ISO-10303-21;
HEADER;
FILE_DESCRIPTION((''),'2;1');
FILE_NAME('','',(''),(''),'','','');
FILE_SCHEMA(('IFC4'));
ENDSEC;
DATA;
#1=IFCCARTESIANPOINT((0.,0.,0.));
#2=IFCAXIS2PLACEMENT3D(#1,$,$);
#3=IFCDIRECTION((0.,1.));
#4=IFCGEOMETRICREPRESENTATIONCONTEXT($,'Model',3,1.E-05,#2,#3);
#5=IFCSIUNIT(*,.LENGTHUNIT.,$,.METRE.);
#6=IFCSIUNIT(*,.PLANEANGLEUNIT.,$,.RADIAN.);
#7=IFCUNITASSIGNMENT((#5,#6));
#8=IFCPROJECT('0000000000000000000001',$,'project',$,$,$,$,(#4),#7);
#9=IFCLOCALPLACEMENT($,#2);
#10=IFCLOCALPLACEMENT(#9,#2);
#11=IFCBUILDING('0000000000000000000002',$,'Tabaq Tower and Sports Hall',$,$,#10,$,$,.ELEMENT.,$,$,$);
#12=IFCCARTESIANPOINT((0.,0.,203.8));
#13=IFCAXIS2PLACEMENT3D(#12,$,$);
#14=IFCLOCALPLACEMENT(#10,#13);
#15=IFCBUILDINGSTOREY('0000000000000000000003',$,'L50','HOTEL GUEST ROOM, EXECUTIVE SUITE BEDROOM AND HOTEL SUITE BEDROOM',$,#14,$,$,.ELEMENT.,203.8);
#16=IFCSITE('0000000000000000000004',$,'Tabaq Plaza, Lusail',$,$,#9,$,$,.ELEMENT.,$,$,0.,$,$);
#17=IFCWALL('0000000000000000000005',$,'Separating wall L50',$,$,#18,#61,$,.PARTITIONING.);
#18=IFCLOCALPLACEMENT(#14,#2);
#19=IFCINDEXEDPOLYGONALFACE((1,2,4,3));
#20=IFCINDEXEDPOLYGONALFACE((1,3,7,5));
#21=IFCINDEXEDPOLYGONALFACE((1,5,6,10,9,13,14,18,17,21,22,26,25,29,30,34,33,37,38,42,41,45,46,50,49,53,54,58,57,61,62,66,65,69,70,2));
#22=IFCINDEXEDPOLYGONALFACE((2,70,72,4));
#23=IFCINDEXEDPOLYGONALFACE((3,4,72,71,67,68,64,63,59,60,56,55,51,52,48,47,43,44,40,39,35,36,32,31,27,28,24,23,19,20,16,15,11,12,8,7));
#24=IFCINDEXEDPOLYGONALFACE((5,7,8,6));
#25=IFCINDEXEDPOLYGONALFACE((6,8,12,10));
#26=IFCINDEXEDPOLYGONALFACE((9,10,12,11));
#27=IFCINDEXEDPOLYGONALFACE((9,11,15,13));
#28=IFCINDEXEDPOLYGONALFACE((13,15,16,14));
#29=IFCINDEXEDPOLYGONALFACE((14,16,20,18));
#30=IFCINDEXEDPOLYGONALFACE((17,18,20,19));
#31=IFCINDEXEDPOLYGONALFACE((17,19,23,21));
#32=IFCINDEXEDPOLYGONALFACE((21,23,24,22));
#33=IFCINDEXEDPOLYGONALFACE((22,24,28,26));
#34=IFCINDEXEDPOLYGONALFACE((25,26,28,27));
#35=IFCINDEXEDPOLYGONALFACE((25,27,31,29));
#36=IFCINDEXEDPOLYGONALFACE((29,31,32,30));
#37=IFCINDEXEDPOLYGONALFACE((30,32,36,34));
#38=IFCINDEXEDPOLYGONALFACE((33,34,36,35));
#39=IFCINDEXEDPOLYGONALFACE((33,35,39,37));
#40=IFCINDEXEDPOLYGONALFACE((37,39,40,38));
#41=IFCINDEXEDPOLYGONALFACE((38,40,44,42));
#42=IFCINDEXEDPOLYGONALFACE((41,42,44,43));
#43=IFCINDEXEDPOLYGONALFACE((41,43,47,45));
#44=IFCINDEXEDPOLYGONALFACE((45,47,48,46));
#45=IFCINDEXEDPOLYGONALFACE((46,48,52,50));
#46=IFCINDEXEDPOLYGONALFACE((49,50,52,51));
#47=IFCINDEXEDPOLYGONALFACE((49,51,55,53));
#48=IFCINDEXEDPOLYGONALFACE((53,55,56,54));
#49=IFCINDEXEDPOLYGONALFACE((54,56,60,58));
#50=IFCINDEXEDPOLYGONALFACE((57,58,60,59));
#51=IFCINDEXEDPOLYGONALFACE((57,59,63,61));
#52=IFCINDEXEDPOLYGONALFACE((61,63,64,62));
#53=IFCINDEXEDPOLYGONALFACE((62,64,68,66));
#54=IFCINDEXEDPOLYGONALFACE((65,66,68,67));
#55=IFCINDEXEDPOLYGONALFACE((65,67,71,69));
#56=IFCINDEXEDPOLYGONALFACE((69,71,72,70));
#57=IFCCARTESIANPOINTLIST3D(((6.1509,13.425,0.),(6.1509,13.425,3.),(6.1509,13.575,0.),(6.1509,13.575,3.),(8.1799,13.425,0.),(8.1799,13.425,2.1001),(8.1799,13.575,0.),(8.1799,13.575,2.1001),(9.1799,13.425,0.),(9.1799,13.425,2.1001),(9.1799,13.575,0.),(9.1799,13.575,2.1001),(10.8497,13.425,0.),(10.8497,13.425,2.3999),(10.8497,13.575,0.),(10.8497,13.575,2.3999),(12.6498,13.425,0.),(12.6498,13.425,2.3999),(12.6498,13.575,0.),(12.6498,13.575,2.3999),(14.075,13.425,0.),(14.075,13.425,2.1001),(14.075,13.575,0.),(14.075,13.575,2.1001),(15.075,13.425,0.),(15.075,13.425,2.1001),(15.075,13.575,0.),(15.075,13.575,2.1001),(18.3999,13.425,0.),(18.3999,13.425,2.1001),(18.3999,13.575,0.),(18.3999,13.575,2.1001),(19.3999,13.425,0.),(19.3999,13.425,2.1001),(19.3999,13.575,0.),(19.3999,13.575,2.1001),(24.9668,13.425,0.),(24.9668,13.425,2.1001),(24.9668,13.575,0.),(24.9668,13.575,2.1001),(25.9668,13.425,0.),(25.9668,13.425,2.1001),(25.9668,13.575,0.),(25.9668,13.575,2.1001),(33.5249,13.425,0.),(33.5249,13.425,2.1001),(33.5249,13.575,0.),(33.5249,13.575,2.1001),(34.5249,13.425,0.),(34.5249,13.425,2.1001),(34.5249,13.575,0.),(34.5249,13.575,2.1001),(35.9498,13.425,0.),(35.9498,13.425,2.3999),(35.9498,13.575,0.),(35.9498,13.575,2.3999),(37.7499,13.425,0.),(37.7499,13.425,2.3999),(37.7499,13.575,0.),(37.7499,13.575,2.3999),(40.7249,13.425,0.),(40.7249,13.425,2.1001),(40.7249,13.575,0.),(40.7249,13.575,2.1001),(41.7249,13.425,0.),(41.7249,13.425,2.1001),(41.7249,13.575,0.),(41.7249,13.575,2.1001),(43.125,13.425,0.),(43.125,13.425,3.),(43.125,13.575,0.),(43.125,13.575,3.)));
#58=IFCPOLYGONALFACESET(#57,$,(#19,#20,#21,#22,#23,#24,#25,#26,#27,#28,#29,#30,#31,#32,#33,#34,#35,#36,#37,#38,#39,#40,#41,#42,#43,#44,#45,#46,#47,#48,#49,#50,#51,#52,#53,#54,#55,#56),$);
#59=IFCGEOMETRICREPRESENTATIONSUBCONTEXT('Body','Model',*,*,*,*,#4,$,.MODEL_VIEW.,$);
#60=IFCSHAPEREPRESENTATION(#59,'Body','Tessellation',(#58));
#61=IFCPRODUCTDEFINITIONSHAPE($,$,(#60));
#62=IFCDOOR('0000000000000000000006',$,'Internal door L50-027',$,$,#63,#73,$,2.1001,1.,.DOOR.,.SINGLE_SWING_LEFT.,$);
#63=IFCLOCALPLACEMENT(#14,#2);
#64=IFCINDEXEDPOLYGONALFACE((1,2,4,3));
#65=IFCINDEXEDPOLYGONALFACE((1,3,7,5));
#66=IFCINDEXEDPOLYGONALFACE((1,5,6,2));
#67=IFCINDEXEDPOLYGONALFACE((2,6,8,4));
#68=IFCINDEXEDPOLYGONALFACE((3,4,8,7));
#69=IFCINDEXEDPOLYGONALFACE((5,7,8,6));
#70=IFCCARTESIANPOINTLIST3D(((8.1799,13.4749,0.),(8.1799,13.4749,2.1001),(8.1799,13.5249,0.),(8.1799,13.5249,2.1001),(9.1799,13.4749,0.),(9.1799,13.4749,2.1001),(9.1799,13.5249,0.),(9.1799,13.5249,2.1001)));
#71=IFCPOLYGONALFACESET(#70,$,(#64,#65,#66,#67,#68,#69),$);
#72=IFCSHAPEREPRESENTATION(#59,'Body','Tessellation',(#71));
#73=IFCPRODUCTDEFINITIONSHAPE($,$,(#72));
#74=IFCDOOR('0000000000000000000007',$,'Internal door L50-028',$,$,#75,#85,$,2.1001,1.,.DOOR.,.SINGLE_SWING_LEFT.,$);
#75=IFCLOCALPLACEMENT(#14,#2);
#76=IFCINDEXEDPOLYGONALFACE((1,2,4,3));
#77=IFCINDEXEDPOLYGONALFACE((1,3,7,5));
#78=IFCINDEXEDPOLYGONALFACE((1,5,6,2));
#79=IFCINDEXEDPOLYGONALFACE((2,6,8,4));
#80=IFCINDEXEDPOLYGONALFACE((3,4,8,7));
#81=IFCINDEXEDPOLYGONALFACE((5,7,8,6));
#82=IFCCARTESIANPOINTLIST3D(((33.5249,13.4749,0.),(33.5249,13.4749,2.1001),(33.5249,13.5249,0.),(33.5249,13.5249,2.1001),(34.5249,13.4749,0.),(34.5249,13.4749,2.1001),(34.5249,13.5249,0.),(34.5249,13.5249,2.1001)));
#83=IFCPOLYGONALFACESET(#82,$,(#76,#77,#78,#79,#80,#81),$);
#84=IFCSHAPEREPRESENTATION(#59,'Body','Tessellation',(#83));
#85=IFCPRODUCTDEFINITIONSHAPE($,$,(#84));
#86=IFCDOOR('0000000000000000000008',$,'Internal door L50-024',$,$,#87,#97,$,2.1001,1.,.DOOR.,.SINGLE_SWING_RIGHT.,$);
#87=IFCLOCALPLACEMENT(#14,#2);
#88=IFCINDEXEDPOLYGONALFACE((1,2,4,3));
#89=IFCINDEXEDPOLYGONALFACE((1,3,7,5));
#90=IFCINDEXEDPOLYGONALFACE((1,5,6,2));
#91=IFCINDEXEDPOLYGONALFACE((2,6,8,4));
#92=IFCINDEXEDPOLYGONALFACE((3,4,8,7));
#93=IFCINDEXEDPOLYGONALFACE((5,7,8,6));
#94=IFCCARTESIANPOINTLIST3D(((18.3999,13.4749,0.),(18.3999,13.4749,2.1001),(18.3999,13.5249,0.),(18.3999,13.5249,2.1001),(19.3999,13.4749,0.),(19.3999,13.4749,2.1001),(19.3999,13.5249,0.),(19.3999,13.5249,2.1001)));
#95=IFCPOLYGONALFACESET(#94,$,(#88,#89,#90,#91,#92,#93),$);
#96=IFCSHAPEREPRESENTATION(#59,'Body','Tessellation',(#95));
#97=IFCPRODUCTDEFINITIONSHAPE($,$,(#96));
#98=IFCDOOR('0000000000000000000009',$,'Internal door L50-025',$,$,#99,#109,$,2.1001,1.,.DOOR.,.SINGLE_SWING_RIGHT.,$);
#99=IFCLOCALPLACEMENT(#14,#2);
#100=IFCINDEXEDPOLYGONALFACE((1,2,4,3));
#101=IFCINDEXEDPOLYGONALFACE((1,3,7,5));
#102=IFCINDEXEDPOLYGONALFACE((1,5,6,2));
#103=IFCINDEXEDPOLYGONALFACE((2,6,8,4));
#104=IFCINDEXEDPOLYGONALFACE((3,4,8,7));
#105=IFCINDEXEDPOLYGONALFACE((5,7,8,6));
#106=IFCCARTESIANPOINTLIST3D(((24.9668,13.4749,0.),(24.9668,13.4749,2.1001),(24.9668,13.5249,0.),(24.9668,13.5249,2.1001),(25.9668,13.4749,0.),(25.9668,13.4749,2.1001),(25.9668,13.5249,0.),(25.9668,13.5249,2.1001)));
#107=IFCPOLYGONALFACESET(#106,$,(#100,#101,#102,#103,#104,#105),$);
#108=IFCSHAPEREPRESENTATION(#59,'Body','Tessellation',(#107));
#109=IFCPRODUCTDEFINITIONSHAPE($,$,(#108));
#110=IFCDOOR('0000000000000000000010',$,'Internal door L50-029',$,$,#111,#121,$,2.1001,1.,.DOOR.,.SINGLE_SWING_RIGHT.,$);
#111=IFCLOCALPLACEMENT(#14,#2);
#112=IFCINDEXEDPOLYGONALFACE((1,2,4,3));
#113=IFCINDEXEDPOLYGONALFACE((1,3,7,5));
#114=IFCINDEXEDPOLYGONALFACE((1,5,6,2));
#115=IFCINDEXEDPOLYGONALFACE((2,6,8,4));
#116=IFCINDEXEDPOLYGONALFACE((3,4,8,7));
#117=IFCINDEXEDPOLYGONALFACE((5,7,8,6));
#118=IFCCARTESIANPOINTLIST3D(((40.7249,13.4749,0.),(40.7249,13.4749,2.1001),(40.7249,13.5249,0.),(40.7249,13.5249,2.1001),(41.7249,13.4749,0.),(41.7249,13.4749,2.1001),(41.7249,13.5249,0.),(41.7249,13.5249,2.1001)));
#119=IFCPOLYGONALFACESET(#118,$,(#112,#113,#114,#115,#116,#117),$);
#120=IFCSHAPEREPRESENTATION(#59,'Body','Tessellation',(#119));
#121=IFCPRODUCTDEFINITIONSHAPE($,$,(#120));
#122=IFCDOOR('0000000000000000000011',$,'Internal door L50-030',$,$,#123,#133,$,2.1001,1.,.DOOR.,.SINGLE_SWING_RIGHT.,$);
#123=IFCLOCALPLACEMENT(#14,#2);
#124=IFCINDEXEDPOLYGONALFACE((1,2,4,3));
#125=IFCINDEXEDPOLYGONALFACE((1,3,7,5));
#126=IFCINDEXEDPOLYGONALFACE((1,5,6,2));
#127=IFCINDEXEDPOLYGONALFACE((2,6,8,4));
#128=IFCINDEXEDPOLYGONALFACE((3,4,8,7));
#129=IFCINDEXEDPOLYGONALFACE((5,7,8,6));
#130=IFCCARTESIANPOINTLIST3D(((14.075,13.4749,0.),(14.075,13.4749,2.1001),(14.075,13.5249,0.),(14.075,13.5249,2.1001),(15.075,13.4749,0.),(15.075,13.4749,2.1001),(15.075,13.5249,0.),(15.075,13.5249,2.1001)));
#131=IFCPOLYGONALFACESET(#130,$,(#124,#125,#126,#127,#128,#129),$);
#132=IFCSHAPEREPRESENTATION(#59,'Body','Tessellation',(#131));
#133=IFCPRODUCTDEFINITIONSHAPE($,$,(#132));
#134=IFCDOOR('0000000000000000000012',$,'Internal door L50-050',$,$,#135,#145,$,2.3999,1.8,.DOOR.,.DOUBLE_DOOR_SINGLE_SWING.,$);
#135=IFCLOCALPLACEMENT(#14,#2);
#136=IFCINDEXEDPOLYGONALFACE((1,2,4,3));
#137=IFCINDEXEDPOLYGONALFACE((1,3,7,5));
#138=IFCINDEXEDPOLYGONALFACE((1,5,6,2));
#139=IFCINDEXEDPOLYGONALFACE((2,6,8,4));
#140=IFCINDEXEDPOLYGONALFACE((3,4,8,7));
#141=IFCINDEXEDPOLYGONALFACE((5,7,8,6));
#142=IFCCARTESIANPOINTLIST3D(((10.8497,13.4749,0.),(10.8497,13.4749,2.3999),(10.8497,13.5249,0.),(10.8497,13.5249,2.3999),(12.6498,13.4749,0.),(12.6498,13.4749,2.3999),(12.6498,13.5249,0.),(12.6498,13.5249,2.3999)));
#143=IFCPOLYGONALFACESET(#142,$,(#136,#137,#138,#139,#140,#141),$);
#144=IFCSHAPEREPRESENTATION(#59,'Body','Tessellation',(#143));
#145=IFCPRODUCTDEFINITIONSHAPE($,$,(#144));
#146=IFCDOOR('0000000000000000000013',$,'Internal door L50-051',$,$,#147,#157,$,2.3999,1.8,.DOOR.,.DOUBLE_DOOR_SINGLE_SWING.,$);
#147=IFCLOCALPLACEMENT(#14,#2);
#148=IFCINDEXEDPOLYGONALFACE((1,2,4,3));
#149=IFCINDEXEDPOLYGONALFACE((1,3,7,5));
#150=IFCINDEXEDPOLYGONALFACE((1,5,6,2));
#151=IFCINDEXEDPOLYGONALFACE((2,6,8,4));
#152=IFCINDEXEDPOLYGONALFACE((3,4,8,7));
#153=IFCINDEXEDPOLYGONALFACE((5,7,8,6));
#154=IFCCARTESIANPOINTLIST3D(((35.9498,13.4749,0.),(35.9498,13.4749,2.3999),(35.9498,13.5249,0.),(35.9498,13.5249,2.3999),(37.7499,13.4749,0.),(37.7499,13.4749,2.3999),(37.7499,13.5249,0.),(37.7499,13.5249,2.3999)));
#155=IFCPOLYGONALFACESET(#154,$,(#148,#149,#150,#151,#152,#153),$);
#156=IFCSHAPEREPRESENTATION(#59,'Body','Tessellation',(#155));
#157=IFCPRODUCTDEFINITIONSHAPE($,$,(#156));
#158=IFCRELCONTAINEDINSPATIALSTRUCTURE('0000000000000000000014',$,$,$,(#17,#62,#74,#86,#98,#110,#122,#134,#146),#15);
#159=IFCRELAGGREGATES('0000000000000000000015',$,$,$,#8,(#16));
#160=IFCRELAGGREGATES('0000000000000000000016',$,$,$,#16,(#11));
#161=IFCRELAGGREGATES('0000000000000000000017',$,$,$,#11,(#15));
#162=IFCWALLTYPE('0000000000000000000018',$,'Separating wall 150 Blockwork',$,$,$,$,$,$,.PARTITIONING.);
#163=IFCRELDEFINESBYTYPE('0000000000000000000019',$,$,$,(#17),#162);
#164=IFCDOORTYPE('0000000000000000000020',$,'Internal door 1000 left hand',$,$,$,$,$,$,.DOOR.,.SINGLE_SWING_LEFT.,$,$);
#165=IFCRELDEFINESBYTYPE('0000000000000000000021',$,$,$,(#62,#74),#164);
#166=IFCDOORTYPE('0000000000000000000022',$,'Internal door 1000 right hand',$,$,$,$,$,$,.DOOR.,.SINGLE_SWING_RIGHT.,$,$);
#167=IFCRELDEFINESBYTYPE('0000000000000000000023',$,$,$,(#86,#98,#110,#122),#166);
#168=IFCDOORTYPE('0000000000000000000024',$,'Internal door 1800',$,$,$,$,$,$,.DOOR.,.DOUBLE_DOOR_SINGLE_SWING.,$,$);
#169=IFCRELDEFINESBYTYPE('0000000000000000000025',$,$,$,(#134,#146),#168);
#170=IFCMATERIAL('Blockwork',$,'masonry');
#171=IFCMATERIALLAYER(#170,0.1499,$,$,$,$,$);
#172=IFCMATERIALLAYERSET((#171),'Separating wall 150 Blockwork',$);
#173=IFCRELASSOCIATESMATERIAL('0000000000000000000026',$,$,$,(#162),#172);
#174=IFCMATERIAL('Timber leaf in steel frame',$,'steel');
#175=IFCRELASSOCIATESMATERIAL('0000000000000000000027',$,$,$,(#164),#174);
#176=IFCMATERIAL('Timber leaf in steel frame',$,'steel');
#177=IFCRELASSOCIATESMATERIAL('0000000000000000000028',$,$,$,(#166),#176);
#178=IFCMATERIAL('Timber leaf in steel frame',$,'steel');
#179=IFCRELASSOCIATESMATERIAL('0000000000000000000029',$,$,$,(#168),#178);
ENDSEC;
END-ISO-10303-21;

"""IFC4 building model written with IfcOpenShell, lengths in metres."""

from ifc_helpers import new_model, si_unit, direction, frame, frame_2d, origin, place, context, subcontext, project, spatial, rectangle, extrude, material, layer, layer_set, type_object, element, fill, save


model = new_model("IFC4")

# Units and contexts
model_context = context("Model", 3, precision=1e-05, world=origin(), true_north=direction((0.0, 1.0)))
body_context = subcontext(model_context, "Body", "Model", "MODEL_VIEW")
ifc_project = project(units=[si_unit("LENGTHUNIT", "METRE"), si_unit("PLANEANGLEUNIT", "RADIAN")], contexts=[model_context])

# Site, building, storey
site_placement = place(None, origin())
site = spatial("IfcSite", under=ifc_project, at=site_placement, Name="Tabaq Plaza, Lusail", CompositionType="ELEMENT", RefElevation=0.0)
building_placement = place(site_placement, origin())
building = spatial("IfcBuilding", under=site, at=building_placement, Name="Tabaq Tower and Sports Hall", CompositionType="ELEMENT")
storey_placement = place(building_placement, frame((0.0, 0.0, 203.8)))
storey = spatial("IfcBuildingStorey", under=building, at=storey_placement, Name="L50", Description="HOTEL GUEST ROOM, EXECUTIVE SUITE BEDROOM AND HOTEL SUITE BEDROOM", CompositionType="ELEMENT", Elevation=203.8)

# Wall, openings, doors
ifc_material_1 = material(Name="Blockwork", Category="masonry")
ifc_layer_1 = layer(ifc_material_1, 0.1499)
ifc_layer_set_1 = layer_set([ifc_layer_1], Name="Separating wall 150 Blockwork")
wall_type_1 = type_object("IfcWallType", Name="Separating wall 150 Blockwork", PredefinedType="PARTITIONING", material=ifc_layer_set_1)
wall_1_placement = place(storey_placement, frame((6.1509, 13.5, 0.0), z_axis=(0.0, 0.0, 1.0), x_axis=(1.0, 0.0, 0.0)))
wall_1 = element("IfcWall", 1, at=wall_1_placement, inside=storey, type_object=wall_type_1, Name="Separating wall L50", PredefinedType="PARTITIONING", context=body_context, shape_type="SweptSolid", body=[
    extrude(rectangle(XDim=36.9741, YDim=0.1499, at=frame_2d((18.4871, 0.0))), origin(), (0.0, 0.0, 1.0), 3.0),
])
opening_1_placement = place(wall_1_placement, frame((12.249, 0.0, 0.0)))
opening_1 = element("IfcOpeningElement", 2, at=opening_1_placement, cuts=wall_1, PredefinedType="OPENING", context=body_context, shape_type="SweptSolid", body=[
    extrude(rectangle(XDim=1.0, YDim=2.1001, at=frame_2d((0.5, 1.05))), frame((0.0, 0.075, 0.0), z_axis=(0.0, -1.0, 0.0), x_axis=(1.0, 0.0, 0.0)), (0.0, 0.0, 1.0), 0.1499),
])
opening_2_placement = place(wall_1_placement, frame((18.8159, 0.0, 0.0)))
opening_2 = element("IfcOpeningElement", 3, at=opening_2_placement, cuts=wall_1, PredefinedType="OPENING", context=body_context, shape_type="SweptSolid", body=[
    extrude(rectangle(XDim=1.0, YDim=2.1001, at=frame_2d((0.5, 1.05))), frame((0.0, 0.075, 0.0), z_axis=(0.0, -1.0, 0.0), x_axis=(1.0, 0.0, 0.0)), (0.0, 0.0, 1.0), 0.1499),
])
opening_3_placement = place(wall_1_placement, frame((2.0291, 0.0, 0.0)))
opening_3 = element("IfcOpeningElement", 4, at=opening_3_placement, cuts=wall_1, PredefinedType="OPENING", context=body_context, shape_type="SweptSolid", body=[
    extrude(rectangle(XDim=1.0, YDim=2.1001, at=frame_2d((0.5, 1.05))), frame((0.0, 0.075, 0.0), z_axis=(0.0, -1.0, 0.0), x_axis=(1.0, 0.0, 0.0)), (0.0, 0.0, 1.0), 0.1499),
])
opening_4_placement = place(wall_1_placement, frame((27.374, 0.0, 0.0)))
opening_4 = element("IfcOpeningElement", 5, at=opening_4_placement, cuts=wall_1, PredefinedType="OPENING", context=body_context, shape_type="SweptSolid", body=[
    extrude(rectangle(XDim=1.0, YDim=2.1001, at=frame_2d((0.5, 1.05))), frame((0.0, 0.075, 0.0), z_axis=(0.0, -1.0, 0.0), x_axis=(1.0, 0.0, 0.0)), (0.0, 0.0, 1.0), 0.1499),
])
opening_5_placement = place(wall_1_placement, frame((34.574, 0.0, 0.0)))
opening_5 = element("IfcOpeningElement", 6, at=opening_5_placement, cuts=wall_1, PredefinedType="OPENING", context=body_context, shape_type="SweptSolid", body=[
    extrude(rectangle(XDim=1.0, YDim=2.1001, at=frame_2d((0.5, 1.05))), frame((0.0, 0.075, 0.0), z_axis=(0.0, -1.0, 0.0), x_axis=(1.0, 0.0, 0.0)), (0.0, 0.0, 1.0), 0.1499),
])
opening_6_placement = place(wall_1_placement, frame((7.9241, 0.0, 0.0)))
opening_6 = element("IfcOpeningElement", 7, at=opening_6_placement, cuts=wall_1, PredefinedType="OPENING", context=body_context, shape_type="SweptSolid", body=[
    extrude(rectangle(XDim=1.0, YDim=2.1001, at=frame_2d((0.5, 1.05))), frame((0.0, 0.075, 0.0), z_axis=(0.0, -1.0, 0.0), x_axis=(1.0, 0.0, 0.0)), (0.0, 0.0, 1.0), 0.1499),
])
opening_7_placement = place(wall_1_placement, frame((4.699, 0.0, 0.0)))
opening_7 = element("IfcOpeningElement", 8, at=opening_7_placement, cuts=wall_1, PredefinedType="OPENING", context=body_context, shape_type="SweptSolid", body=[
    extrude(rectangle(XDim=1.8, YDim=2.3999, at=frame_2d((0.8999, 1.2))), frame((0.0, 0.075, 0.0), z_axis=(0.0, -1.0, 0.0), x_axis=(1.0, 0.0, 0.0)), (0.0, 0.0, 1.0), 0.1499),
])
opening_8_placement = place(wall_1_placement, frame((29.7991, 0.0, 0.0)))
opening_8 = element("IfcOpeningElement", 9, at=opening_8_placement, cuts=wall_1, PredefinedType="OPENING", context=body_context, shape_type="SweptSolid", body=[
    extrude(rectangle(XDim=1.8, YDim=2.3999, at=frame_2d((0.8999, 1.2))), frame((0.0, 0.075, 0.0), z_axis=(0.0, -1.0, 0.0), x_axis=(1.0, 0.0, 0.0)), (0.0, 0.0, 1.0), 0.1499),
])
ifc_material_2 = material(Name="Timber leaf in steel frame", Category="steel")
door_type_1 = type_object("IfcDoorType", Name="Internal door 1000 left hand", OperationType="SINGLE_SWING_LEFT", PredefinedType="DOOR", material=ifc_material_2)
door_1_placement = place(opening_3_placement, origin())
door_1 = element("IfcDoor", 10, at=door_1_placement, inside=storey, type_object=door_type_1, Name="Internal door L50-027", OperationType="SINGLE_SWING_LEFT", OverallHeight=2.1001, OverallWidth=1.0, PredefinedType="DOOR", context=body_context, shape_type="SweptSolid", body=[
    extrude(rectangle(XDim=1.0, YDim=2.1001, at=frame_2d((0.5, 1.05))), frame((0.0, 0.0249, 0.0), z_axis=(0.0, -1.0, 0.0), x_axis=(1.0, 0.0, 0.0)), (0.0, 0.0, 1.0), 0.05),
])
fill(opening_3, door_1)
door_2_placement = place(opening_4_placement, origin())
door_2 = element("IfcDoor", 11, at=door_2_placement, inside=storey, type_object=door_type_1, Name="Internal door L50-028", OperationType="SINGLE_SWING_LEFT", OverallHeight=2.1001, OverallWidth=1.0, PredefinedType="DOOR", context=body_context, shape_type="SweptSolid", body=[
    extrude(rectangle(XDim=1.0, YDim=2.1001, at=frame_2d((0.5, 1.05))), frame((0.0, 0.0249, 0.0), z_axis=(0.0, -1.0, 0.0), x_axis=(1.0, 0.0, 0.0)), (0.0, 0.0, 1.0), 0.05),
])
fill(opening_4, door_2)
ifc_material_3 = material(Name="Timber leaf in steel frame", Category="steel")
door_type_2 = type_object("IfcDoorType", Name="Internal door 1000 right hand", OperationType="SINGLE_SWING_RIGHT", PredefinedType="DOOR", material=ifc_material_3)
door_3_placement = place(opening_1_placement, origin())
door_3 = element("IfcDoor", 12, at=door_3_placement, inside=storey, type_object=door_type_2, Name="Internal door L50-024", OperationType="SINGLE_SWING_RIGHT", OverallHeight=2.1001, OverallWidth=1.0, PredefinedType="DOOR", context=body_context, shape_type="SweptSolid", body=[
    extrude(rectangle(XDim=1.0, YDim=2.1001, at=frame_2d((0.5, 1.05))), frame((0.0, 0.0249, 0.0), z_axis=(0.0, -1.0, 0.0), x_axis=(1.0, 0.0, 0.0)), (0.0, 0.0, 1.0), 0.05),
])
fill(opening_1, door_3)
door_4_placement = place(opening_2_placement, origin())
door_4 = element("IfcDoor", 13, at=door_4_placement, inside=storey, type_object=door_type_2, Name="Internal door L50-025", OperationType="SINGLE_SWING_RIGHT", OverallHeight=2.1001, OverallWidth=1.0, PredefinedType="DOOR", context=body_context, shape_type="SweptSolid", body=[
    extrude(rectangle(XDim=1.0, YDim=2.1001, at=frame_2d((0.5, 1.05))), frame((0.0, 0.0249, 0.0), z_axis=(0.0, -1.0, 0.0), x_axis=(1.0, 0.0, 0.0)), (0.0, 0.0, 1.0), 0.05),
])
fill(opening_2, door_4)
door_5_placement = place(opening_5_placement, origin())
door_5 = element("IfcDoor", 14, at=door_5_placement, inside=storey, type_object=door_type_2, Name="Internal door L50-029", OperationType="SINGLE_SWING_RIGHT", OverallHeight=2.1001, OverallWidth=1.0, PredefinedType="DOOR", context=body_context, shape_type="SweptSolid", body=[
    extrude(rectangle(XDim=1.0, YDim=2.1001, at=frame_2d((0.5, 1.05))), frame((0.0, 0.0249, 0.0), z_axis=(0.0, -1.0, 0.0), x_axis=(1.0, 0.0, 0.0)), (0.0, 0.0, 1.0), 0.05),
])
fill(opening_5, door_5)
door_6_placement = place(opening_6_placement, origin())
door_6 = element("IfcDoor", 15, at=door_6_placement, inside=storey, type_object=door_type_2, Name="Internal door L50-030", OperationType="SINGLE_SWING_RIGHT", OverallHeight=2.1001, OverallWidth=1.0, PredefinedType="DOOR", context=body_context, shape_type="SweptSolid", body=[
    extrude(rectangle(XDim=1.0, YDim=2.1001, at=frame_2d((0.5, 1.05))), frame((0.0, 0.0249, 0.0), z_axis=(0.0, -1.0, 0.0), x_axis=(1.0, 0.0, 0.0)), (0.0, 0.0, 1.0), 0.05),
])
fill(opening_6, door_6)
ifc_material_4 = material(Name="Timber leaf in steel frame", Category="steel")
door_type_3 = type_object("IfcDoorType", Name="Internal door 1800", OperationType="DOUBLE_DOOR_SINGLE_SWING", PredefinedType="DOOR", material=ifc_material_4)
door_7_placement = place(opening_7_placement, origin())
door_7 = element("IfcDoor", 16, at=door_7_placement, inside=storey, type_object=door_type_3, Name="Internal door L50-050", OperationType="DOUBLE_DOOR_SINGLE_SWING", OverallHeight=2.3999, OverallWidth=1.8, PredefinedType="DOOR", context=body_context, shape_type="SweptSolid", body=[
    extrude(rectangle(XDim=1.8, YDim=2.3999, at=frame_2d((0.8999, 1.2))), frame((0.0, 0.0249, 0.0), z_axis=(0.0, -1.0, 0.0), x_axis=(1.0, 0.0, 0.0)), (0.0, 0.0, 1.0), 0.05),
])
fill(opening_7, door_7)
door_8_placement = place(opening_8_placement, origin())
door_8 = element("IfcDoor", 17, at=door_8_placement, inside=storey, type_object=door_type_3, Name="Internal door L50-051", OperationType="DOUBLE_DOOR_SINGLE_SWING", OverallHeight=2.3999, OverallWidth=1.8, PredefinedType="DOOR", context=body_context, shape_type="SweptSolid", body=[
    extrude(rectangle(XDim=1.8, YDim=2.3999, at=frame_2d((0.8999, 1.2))), frame((0.0, 0.0249, 0.0), z_axis=(0.0, -1.0, 0.0), x_axis=(1.0, 0.0, 0.0)), (0.0, 0.0, 1.0), 0.05),
])
fill(opening_8, door_8)

save(model, "model.ifc")
